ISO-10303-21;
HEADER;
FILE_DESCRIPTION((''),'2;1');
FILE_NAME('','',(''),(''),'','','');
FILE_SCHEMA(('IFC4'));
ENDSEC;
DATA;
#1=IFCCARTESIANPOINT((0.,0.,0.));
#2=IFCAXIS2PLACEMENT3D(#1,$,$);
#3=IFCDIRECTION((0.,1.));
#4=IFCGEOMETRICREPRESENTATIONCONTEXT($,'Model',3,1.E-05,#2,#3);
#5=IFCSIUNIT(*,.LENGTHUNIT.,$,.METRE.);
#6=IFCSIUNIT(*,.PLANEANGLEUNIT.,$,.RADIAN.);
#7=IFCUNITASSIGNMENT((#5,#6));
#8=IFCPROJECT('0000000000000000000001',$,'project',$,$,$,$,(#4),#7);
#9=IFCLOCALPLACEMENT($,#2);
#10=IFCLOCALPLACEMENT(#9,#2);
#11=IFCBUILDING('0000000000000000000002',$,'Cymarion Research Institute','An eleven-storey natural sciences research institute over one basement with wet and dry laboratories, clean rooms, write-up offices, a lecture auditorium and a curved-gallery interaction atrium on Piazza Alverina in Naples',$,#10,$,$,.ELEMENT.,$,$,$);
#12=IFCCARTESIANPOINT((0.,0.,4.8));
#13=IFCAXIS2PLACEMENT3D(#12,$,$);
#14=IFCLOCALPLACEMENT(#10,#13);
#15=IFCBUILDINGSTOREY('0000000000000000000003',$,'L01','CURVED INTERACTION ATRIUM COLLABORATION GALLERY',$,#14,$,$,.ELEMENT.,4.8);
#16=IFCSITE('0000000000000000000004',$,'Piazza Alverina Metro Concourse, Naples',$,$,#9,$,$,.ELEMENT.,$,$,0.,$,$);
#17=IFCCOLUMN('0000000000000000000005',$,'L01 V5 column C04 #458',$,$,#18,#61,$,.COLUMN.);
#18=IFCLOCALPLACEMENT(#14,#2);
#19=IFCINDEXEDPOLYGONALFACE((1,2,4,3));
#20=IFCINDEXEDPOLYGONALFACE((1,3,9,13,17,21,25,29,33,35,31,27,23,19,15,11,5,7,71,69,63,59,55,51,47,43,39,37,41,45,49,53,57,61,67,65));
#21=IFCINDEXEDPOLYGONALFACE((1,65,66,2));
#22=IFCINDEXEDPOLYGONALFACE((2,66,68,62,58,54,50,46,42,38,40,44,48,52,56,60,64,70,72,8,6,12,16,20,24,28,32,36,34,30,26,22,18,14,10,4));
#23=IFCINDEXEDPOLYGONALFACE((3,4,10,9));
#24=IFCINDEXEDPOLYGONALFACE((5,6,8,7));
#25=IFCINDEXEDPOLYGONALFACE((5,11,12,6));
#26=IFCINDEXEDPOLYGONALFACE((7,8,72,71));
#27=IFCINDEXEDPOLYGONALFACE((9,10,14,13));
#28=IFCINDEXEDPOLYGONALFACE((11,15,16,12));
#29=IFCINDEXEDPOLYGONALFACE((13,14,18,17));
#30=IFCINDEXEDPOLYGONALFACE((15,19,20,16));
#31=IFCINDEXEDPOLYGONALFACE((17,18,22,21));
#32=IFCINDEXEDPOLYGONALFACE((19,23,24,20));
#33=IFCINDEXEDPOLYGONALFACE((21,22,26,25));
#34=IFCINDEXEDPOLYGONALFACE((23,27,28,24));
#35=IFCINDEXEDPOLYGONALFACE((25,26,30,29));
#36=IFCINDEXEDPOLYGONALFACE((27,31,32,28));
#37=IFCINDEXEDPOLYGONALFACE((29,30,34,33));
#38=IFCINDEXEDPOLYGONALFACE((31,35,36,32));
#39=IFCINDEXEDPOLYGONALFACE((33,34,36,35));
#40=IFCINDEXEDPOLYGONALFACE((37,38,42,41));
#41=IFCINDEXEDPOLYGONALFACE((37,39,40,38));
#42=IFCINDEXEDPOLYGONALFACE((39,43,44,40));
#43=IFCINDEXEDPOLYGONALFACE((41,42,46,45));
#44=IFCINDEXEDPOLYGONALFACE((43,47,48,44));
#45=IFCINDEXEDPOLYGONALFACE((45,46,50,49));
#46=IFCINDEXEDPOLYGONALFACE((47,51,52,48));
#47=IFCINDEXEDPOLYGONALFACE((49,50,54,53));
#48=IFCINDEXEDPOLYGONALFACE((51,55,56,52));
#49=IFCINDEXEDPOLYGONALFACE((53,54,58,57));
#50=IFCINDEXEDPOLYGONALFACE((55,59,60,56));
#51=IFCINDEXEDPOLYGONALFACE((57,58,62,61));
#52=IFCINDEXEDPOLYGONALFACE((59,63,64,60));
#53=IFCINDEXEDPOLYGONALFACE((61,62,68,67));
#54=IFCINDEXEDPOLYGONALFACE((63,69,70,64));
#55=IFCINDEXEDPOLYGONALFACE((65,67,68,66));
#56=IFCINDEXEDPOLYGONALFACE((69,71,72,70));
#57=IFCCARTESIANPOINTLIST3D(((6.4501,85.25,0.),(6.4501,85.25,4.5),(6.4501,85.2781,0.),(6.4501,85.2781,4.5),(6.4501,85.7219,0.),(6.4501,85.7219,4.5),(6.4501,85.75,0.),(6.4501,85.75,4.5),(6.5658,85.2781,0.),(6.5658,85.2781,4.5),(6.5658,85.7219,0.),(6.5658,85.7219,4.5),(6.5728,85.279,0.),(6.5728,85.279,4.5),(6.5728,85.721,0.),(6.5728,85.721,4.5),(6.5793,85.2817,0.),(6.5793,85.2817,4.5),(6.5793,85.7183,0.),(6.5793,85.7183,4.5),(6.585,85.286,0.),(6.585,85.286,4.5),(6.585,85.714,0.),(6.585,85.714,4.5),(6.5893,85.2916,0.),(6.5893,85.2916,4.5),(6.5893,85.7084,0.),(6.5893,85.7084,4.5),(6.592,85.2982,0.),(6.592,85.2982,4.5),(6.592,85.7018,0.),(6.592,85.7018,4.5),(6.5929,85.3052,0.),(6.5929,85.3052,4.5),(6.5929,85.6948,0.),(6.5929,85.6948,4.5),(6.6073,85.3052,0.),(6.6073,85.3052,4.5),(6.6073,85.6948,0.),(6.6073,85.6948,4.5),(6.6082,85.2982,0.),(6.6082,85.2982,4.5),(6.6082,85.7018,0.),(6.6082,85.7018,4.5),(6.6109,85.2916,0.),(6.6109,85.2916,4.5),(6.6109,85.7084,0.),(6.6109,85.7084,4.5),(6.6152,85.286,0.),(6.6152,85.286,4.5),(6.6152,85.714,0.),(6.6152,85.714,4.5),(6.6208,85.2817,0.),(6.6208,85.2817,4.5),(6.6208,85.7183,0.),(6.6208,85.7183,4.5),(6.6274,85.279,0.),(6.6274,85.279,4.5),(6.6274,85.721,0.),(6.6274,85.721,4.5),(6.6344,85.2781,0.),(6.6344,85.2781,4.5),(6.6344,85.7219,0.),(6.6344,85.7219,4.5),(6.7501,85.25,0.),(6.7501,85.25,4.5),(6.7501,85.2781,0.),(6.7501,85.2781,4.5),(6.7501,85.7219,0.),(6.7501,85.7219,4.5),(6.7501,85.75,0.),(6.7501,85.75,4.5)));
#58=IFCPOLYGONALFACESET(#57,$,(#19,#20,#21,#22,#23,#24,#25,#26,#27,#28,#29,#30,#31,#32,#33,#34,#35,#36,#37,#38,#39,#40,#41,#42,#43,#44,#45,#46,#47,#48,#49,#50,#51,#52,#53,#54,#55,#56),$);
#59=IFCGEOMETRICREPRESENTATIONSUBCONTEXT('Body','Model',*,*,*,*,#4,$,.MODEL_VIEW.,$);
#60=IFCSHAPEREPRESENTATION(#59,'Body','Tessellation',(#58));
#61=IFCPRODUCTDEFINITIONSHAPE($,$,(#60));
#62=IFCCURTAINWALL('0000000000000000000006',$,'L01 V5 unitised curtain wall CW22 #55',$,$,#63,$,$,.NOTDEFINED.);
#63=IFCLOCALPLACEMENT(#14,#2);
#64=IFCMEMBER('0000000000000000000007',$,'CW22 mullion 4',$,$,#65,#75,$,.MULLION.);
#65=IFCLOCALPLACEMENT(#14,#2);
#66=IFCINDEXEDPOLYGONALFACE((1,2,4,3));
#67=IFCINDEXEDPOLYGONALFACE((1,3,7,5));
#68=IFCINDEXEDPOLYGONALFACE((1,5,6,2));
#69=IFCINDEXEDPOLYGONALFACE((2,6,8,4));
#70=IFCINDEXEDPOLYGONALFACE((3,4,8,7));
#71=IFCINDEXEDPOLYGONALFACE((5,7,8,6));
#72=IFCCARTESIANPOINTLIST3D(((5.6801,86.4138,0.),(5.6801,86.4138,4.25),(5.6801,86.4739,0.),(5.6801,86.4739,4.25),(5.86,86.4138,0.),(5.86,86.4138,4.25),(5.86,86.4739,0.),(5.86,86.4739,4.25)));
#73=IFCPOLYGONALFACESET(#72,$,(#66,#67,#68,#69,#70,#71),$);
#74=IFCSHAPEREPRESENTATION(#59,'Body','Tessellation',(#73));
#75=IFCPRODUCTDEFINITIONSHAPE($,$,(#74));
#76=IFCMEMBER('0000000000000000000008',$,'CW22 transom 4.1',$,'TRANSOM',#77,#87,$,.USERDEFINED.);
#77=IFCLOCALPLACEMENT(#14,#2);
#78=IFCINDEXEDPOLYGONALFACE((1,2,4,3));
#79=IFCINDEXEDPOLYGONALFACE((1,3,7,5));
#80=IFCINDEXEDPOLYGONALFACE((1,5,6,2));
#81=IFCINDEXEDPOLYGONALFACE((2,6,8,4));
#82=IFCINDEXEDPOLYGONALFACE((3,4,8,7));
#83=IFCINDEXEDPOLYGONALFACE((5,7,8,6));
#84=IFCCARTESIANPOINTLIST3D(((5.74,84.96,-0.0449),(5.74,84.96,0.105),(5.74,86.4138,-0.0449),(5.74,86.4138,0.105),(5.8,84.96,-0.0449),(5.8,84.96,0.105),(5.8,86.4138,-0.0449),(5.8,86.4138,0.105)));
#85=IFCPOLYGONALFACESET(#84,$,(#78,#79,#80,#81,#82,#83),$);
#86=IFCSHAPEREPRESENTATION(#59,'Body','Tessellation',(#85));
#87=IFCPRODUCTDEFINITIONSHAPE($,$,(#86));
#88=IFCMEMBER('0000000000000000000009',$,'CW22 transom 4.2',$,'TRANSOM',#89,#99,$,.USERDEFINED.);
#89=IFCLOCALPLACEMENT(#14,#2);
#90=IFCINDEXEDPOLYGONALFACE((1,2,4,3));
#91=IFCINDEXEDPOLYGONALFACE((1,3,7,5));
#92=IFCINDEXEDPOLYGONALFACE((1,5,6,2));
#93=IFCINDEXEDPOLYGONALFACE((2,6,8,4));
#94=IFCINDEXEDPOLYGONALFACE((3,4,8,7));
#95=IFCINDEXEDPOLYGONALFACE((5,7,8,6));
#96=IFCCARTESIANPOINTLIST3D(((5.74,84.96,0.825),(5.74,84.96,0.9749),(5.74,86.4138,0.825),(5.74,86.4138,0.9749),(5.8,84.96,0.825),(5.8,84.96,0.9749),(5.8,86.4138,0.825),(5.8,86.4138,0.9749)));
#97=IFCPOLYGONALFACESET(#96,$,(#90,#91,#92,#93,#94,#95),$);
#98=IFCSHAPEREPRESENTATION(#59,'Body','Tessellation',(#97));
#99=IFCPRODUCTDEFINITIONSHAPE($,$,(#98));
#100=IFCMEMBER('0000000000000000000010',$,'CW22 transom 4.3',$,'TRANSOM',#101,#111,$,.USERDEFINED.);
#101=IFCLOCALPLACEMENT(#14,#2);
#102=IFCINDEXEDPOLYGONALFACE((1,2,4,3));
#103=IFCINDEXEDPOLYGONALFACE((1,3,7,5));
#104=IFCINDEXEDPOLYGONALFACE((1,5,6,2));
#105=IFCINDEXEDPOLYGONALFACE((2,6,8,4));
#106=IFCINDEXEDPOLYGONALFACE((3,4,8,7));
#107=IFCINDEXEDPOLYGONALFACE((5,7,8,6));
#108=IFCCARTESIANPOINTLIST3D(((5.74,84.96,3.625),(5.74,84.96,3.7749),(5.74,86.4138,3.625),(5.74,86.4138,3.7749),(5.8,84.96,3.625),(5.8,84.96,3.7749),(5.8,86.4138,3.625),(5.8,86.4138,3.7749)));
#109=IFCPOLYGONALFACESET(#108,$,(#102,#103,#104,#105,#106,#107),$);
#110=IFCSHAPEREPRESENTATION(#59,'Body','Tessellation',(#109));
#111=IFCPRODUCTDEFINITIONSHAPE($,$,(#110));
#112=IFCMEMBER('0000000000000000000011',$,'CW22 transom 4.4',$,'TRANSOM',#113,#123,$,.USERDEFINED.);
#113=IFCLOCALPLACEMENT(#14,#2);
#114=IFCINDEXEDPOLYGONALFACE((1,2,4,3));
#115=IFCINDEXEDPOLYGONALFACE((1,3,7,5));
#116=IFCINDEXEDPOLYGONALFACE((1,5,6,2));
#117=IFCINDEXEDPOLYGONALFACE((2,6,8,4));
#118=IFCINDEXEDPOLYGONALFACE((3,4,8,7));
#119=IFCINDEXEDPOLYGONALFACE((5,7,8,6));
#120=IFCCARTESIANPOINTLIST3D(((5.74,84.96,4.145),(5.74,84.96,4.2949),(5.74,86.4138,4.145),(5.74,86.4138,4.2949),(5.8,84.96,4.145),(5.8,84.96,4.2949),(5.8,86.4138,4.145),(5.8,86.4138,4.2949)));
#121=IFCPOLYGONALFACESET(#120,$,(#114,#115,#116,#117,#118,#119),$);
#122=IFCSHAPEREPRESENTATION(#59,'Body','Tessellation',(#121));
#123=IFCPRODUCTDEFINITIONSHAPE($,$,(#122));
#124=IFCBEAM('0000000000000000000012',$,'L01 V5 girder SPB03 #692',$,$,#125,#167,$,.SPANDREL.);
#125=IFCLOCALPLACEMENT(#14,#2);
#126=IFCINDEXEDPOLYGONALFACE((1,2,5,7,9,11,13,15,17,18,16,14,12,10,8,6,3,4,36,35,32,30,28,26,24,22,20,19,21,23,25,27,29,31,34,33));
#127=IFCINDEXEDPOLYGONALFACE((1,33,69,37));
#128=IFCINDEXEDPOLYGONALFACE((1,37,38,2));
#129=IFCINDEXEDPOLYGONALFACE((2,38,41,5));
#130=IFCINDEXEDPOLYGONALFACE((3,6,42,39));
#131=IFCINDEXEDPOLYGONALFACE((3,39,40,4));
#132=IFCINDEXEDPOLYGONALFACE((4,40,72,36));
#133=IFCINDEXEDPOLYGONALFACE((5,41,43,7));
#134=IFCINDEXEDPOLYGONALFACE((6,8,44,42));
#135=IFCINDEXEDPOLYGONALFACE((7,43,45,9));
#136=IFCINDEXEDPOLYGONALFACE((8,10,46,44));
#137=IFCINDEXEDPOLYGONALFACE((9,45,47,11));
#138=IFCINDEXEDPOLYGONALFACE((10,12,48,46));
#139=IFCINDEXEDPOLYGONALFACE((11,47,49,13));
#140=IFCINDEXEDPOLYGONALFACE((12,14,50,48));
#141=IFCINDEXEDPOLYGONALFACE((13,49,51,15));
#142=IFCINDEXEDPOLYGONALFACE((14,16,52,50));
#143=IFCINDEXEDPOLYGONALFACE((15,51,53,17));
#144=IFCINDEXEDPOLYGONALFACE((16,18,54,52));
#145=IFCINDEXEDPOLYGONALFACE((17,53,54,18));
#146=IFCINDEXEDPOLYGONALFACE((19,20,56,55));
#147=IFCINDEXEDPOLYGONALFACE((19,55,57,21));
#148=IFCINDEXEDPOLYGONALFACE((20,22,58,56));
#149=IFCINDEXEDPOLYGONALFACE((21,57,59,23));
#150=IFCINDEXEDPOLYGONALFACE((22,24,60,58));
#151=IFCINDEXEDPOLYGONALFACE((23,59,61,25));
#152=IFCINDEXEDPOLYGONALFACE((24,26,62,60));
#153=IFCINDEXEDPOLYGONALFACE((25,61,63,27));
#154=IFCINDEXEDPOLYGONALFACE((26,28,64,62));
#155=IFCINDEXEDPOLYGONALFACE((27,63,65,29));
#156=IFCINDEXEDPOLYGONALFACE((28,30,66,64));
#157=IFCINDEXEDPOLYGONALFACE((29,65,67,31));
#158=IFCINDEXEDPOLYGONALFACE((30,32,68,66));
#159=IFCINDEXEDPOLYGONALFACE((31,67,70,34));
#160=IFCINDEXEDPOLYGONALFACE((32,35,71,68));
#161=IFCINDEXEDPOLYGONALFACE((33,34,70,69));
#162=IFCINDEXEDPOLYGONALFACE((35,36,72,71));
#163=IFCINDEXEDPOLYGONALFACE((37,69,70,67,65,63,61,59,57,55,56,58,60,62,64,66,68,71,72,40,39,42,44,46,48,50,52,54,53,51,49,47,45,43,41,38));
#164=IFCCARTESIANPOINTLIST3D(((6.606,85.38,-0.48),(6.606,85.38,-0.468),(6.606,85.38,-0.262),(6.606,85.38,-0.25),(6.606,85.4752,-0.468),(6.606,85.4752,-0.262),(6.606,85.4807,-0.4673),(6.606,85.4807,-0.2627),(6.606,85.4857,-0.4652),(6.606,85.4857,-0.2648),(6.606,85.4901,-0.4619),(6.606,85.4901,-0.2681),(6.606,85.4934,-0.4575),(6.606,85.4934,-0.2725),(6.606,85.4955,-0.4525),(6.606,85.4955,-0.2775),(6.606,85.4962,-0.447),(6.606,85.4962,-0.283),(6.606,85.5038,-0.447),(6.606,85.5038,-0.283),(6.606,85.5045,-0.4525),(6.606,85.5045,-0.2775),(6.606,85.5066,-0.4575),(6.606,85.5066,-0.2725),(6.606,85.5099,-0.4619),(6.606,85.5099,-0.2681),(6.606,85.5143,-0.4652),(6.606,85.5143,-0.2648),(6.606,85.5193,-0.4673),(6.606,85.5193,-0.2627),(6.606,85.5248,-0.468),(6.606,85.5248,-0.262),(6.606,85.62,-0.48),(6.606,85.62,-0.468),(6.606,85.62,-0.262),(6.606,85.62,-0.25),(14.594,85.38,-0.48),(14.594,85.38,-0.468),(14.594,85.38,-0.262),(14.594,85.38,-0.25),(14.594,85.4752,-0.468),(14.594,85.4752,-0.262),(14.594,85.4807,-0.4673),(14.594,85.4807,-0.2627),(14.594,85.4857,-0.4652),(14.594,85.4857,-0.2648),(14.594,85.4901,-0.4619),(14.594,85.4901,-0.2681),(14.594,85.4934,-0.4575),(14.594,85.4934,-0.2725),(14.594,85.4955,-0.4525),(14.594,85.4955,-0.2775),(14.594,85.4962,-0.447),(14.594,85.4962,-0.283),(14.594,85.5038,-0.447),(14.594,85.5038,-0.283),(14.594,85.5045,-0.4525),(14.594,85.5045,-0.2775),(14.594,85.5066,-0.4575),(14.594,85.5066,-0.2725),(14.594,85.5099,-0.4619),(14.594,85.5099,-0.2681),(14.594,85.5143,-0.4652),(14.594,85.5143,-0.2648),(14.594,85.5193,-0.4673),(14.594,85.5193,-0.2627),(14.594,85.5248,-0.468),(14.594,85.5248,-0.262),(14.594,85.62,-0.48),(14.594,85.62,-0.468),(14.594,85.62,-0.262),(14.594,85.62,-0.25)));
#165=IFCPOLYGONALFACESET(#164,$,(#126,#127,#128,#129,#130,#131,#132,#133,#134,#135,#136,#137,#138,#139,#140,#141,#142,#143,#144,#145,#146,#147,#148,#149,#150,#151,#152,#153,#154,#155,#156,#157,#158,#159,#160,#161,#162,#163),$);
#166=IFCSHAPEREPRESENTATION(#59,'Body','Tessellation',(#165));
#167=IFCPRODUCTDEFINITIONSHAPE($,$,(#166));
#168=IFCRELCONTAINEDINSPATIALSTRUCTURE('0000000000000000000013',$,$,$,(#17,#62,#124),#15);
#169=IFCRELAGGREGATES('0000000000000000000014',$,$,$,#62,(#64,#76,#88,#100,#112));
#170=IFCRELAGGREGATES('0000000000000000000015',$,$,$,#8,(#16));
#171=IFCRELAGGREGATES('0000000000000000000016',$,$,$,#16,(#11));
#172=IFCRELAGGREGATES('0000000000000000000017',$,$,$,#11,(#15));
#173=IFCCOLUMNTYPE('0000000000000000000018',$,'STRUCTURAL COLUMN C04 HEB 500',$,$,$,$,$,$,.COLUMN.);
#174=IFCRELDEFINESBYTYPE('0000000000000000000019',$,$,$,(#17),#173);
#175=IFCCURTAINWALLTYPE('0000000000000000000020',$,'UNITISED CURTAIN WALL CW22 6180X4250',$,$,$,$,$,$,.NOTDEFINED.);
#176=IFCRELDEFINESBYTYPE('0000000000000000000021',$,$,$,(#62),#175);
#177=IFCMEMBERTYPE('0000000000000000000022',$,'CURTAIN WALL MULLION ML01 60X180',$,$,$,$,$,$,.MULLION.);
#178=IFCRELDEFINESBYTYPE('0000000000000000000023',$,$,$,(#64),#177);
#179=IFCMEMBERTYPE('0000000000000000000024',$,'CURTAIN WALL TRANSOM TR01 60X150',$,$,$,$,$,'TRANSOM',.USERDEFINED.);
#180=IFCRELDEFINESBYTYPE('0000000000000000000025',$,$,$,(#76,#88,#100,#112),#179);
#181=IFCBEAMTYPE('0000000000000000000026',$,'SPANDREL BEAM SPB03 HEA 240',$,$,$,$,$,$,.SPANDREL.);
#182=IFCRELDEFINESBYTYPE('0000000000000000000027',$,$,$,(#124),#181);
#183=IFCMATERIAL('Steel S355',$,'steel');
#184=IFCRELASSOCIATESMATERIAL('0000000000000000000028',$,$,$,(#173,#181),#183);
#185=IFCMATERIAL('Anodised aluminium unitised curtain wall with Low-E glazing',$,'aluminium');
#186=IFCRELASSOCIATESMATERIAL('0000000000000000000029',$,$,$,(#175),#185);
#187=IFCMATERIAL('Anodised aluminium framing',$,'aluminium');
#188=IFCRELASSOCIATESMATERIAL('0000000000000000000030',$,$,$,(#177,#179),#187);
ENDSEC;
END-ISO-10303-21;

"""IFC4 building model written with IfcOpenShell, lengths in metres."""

from ifc_helpers import new_model, si_unit, direction, frame, origin, origin_2d, place, context, subcontext, project, spatial, rectangle, i_section, extrude, material, material_profile, profile_set, type_object, element, aggregate, save


model = new_model("IFC4")

# Units and contexts
model_context = context("Model", 3, precision=1e-05, world=origin(), true_north=direction((0.0, 1.0)))
body_context = subcontext(model_context, "Body", "Model", "MODEL_VIEW")
ifc_project = project(units=[si_unit("LENGTHUNIT", "METRE"), si_unit("PLANEANGLEUNIT", "RADIAN")], contexts=[model_context])

# Site, building, storey
site_placement = place(None, origin())
site = spatial("IfcSite", under=ifc_project, at=site_placement, Name="Piazza Alverina Metro Concourse, Naples", CompositionType="ELEMENT", RefElevation=0.0)
building_placement = place(site_placement, origin())
building = spatial("IfcBuilding", under=site, at=building_placement, Name="Cymarion Research Institute", Description="An eleven-storey natural sciences research institute over one basement with wet and dry laboratories, clean rooms, write-up offices, a lecture auditorium and a curved-gallery interaction atrium on Piazza Alverina in Naples", CompositionType="ELEMENT")
storey_placement = place(building_placement, frame((0.0, 0.0, 4.8)))
storey = spatial("IfcBuildingStorey", under=building, at=storey_placement, Name="L01", Description="CURVED INTERACTION ATRIUM COLLABORATION GALLERY", CompositionType="ELEMENT", Elevation=4.8)

# Column
ifc_material_1 = material(Name="Steel S355", Category="steel")
ifc_material_profile_1 = material_profile(ifc_material_1, i_section(OverallWidth=0.3, OverallDepth=0.5, WebThickness=0.0144, FlangeThickness=0.0281, FilletRadius=0.0271, at=origin_2d()), Name="HEB 500")
ifc_profile_set_1 = profile_set([ifc_material_profile_1], Name="Steel S355")
column_type = type_object("IfcColumnType", Name="STRUCTURAL COLUMN C04 HEB 500", PredefinedType="COLUMN", material=ifc_profile_set_1)
column_placement = place(storey_placement, frame((6.6001, 85.5, 0.0), z_axis=(0.0, 0.0, 1.0), x_axis=(1.0, 0.0, 0.0)))
element("IfcColumn", 1, at=column_placement, inside=storey, type_object=column_type, Name="L01 V5 column C04 #458", PredefinedType="COLUMN", context=body_context, shape_type="SweptSolid", body=[
    extrude(i_section(OverallWidth=0.3, OverallDepth=0.5, WebThickness=0.0144, FlangeThickness=0.0281, FilletRadius=0.0271, at=origin_2d()), origin(), (0.0, 0.0, 1.0), 4.5),
])

# Curtain wall, members
ifc_material_2 = material(Name="Anodised aluminium unitised curtain wall with Low-E glazing", Category="aluminium")
curtain_wall_type = type_object("IfcCurtainWallType", Name="UNITISED CURTAIN WALL CW22 6180X4250", PredefinedType="NOTDEFINED", material=ifc_material_2)
curtain_wall_placement = place(storey_placement, origin())
curtain_wall = element("IfcCurtainWall", 2, at=curtain_wall_placement, inside=storey, type_object=curtain_wall_type, Name="L01 V5 unitised curtain wall CW22 #55", PredefinedType="NOTDEFINED")
ifc_material_3 = material(Name="Anodised aluminium framing", Category="aluminium")
ifc_material_profile_2 = material_profile(ifc_material_3, rectangle(XDim=0.0601, YDim=0.1799, at=origin_2d()), Name="ALU MULLION 60x180")
ifc_profile_set_2 = profile_set([ifc_material_profile_2], Name="Anodised aluminium framing")
member_type_1 = type_object("IfcMemberType", Name="CURTAIN WALL MULLION ML01 60X180", PredefinedType="MULLION", material=ifc_profile_set_2)
member_1_placement = place(storey_placement, frame((5.77, 86.4438, 0.0), z_axis=(0.0, 0.0, 1.0), x_axis=(0.0, -1.0, 0.0)))
member_1 = element("IfcMember", 3, at=member_1_placement, type_object=member_type_1, Name="CW22 mullion 4", PredefinedType="MULLION", context=body_context, shape_type="SweptSolid", body=[
    extrude(rectangle(XDim=0.0601, YDim=0.1799, at=origin_2d()), origin(), (0.0, 0.0, 1.0), 4.25),
])
ifc_material_profile_3 = material_profile(ifc_material_3, rectangle(XDim=0.0601, YDim=0.1499, at=origin_2d()), Name="ALU TRANSOM 60x150")
ifc_profile_set_3 = profile_set([ifc_material_profile_3], Name="Anodised aluminium framing")
member_type_2 = type_object("IfcMemberType", Name="CURTAIN WALL TRANSOM TR01 60X150", ElementType="TRANSOM", PredefinedType="USERDEFINED", material=ifc_profile_set_3)
member_2_placement = place(storey_placement, frame((5.77, 86.4138, 0.03), z_axis=(0.0, -1.0, 0.0), x_axis=(1.0, 0.0, 0.0)))
member_2 = element("IfcMember", 4, at=member_2_placement, type_object=member_type_2, Name="CW22 transom 4.1", ObjectType="TRANSOM", PredefinedType="USERDEFINED", context=body_context, shape_type="SweptSolid", body=[
    extrude(rectangle(XDim=0.0601, YDim=0.1499, at=origin_2d()), origin(), (0.0, 0.0, 1.0), 1.4539),
])
member_3_placement = place(storey_placement, frame((5.77, 86.4138, 0.8999), z_axis=(0.0, -1.0, 0.0), x_axis=(1.0, 0.0, 0.0)))
member_3 = element("IfcMember", 5, at=member_3_placement, type_object=member_type_2, Name="CW22 transom 4.2", ObjectType="TRANSOM", PredefinedType="USERDEFINED", context=body_context, shape_type="SweptSolid", body=[
    extrude(rectangle(XDim=0.0601, YDim=0.1499, at=origin_2d()), origin(), (0.0, 0.0, 1.0), 1.4539),
])
member_4_placement = place(storey_placement, frame((5.77, 86.4138, 3.7), z_axis=(0.0, -1.0, 0.0), x_axis=(1.0, 0.0, 0.0)))
member_4 = element("IfcMember", 6, at=member_4_placement, type_object=member_type_2, Name="CW22 transom 4.3", ObjectType="TRANSOM", PredefinedType="USERDEFINED", context=body_context, shape_type="SweptSolid", body=[
    extrude(rectangle(XDim=0.0601, YDim=0.1499, at=origin_2d()), origin(), (0.0, 0.0, 1.0), 1.4539),
])
member_5_placement = place(storey_placement, frame((5.77, 86.4138, 4.22), z_axis=(0.0, -1.0, 0.0), x_axis=(1.0, 0.0, 0.0)))
member_5 = element("IfcMember", 7, at=member_5_placement, type_object=member_type_2, Name="CW22 transom 4.4", ObjectType="TRANSOM", PredefinedType="USERDEFINED", context=body_context, shape_type="SweptSolid", body=[
    extrude(rectangle(XDim=0.0601, YDim=0.1499, at=origin_2d()), origin(), (0.0, 0.0, 1.0), 1.4539),
])

# Beam
ifc_material_profile_4 = material_profile(ifc_material_1, i_section(OverallWidth=0.24, OverallDepth=0.23, WebThickness=0.0076, FlangeThickness=0.012, FilletRadius=0.021, at=origin_2d()), Name="HEA 240")
ifc_profile_set_4 = profile_set([ifc_material_profile_4], Name="Steel S355")
beam_type_1 = type_object("IfcBeamType", Name="SPANDREL BEAM SPB03 HEA 240", PredefinedType="SPANDREL", material=ifc_profile_set_4)
beam_1_placement = place(storey_placement, frame((6.606, 85.5, -0.365), z_axis=(1.0, 0.0, 0.0), x_axis=(0.0, 1.0, 0.0)))
element("IfcBeam", 8, at=beam_1_placement, inside=storey, type_object=beam_type_1, Name="L01 V5 girder SPB03 #692", PredefinedType="SPANDREL", context=body_context, shape_type="SweptSolid", body=[
    extrude(i_section(OverallWidth=0.24, OverallDepth=0.23, WebThickness=0.0076, FlangeThickness=0.012, FilletRadius=0.021, at=origin_2d()), origin(), (0.0, 0.0, 1.0), 7.988),
])

aggregate(curtain_wall, [member_1, member_2, member_3, member_4, member_5])

save(model, "model.ifc")
